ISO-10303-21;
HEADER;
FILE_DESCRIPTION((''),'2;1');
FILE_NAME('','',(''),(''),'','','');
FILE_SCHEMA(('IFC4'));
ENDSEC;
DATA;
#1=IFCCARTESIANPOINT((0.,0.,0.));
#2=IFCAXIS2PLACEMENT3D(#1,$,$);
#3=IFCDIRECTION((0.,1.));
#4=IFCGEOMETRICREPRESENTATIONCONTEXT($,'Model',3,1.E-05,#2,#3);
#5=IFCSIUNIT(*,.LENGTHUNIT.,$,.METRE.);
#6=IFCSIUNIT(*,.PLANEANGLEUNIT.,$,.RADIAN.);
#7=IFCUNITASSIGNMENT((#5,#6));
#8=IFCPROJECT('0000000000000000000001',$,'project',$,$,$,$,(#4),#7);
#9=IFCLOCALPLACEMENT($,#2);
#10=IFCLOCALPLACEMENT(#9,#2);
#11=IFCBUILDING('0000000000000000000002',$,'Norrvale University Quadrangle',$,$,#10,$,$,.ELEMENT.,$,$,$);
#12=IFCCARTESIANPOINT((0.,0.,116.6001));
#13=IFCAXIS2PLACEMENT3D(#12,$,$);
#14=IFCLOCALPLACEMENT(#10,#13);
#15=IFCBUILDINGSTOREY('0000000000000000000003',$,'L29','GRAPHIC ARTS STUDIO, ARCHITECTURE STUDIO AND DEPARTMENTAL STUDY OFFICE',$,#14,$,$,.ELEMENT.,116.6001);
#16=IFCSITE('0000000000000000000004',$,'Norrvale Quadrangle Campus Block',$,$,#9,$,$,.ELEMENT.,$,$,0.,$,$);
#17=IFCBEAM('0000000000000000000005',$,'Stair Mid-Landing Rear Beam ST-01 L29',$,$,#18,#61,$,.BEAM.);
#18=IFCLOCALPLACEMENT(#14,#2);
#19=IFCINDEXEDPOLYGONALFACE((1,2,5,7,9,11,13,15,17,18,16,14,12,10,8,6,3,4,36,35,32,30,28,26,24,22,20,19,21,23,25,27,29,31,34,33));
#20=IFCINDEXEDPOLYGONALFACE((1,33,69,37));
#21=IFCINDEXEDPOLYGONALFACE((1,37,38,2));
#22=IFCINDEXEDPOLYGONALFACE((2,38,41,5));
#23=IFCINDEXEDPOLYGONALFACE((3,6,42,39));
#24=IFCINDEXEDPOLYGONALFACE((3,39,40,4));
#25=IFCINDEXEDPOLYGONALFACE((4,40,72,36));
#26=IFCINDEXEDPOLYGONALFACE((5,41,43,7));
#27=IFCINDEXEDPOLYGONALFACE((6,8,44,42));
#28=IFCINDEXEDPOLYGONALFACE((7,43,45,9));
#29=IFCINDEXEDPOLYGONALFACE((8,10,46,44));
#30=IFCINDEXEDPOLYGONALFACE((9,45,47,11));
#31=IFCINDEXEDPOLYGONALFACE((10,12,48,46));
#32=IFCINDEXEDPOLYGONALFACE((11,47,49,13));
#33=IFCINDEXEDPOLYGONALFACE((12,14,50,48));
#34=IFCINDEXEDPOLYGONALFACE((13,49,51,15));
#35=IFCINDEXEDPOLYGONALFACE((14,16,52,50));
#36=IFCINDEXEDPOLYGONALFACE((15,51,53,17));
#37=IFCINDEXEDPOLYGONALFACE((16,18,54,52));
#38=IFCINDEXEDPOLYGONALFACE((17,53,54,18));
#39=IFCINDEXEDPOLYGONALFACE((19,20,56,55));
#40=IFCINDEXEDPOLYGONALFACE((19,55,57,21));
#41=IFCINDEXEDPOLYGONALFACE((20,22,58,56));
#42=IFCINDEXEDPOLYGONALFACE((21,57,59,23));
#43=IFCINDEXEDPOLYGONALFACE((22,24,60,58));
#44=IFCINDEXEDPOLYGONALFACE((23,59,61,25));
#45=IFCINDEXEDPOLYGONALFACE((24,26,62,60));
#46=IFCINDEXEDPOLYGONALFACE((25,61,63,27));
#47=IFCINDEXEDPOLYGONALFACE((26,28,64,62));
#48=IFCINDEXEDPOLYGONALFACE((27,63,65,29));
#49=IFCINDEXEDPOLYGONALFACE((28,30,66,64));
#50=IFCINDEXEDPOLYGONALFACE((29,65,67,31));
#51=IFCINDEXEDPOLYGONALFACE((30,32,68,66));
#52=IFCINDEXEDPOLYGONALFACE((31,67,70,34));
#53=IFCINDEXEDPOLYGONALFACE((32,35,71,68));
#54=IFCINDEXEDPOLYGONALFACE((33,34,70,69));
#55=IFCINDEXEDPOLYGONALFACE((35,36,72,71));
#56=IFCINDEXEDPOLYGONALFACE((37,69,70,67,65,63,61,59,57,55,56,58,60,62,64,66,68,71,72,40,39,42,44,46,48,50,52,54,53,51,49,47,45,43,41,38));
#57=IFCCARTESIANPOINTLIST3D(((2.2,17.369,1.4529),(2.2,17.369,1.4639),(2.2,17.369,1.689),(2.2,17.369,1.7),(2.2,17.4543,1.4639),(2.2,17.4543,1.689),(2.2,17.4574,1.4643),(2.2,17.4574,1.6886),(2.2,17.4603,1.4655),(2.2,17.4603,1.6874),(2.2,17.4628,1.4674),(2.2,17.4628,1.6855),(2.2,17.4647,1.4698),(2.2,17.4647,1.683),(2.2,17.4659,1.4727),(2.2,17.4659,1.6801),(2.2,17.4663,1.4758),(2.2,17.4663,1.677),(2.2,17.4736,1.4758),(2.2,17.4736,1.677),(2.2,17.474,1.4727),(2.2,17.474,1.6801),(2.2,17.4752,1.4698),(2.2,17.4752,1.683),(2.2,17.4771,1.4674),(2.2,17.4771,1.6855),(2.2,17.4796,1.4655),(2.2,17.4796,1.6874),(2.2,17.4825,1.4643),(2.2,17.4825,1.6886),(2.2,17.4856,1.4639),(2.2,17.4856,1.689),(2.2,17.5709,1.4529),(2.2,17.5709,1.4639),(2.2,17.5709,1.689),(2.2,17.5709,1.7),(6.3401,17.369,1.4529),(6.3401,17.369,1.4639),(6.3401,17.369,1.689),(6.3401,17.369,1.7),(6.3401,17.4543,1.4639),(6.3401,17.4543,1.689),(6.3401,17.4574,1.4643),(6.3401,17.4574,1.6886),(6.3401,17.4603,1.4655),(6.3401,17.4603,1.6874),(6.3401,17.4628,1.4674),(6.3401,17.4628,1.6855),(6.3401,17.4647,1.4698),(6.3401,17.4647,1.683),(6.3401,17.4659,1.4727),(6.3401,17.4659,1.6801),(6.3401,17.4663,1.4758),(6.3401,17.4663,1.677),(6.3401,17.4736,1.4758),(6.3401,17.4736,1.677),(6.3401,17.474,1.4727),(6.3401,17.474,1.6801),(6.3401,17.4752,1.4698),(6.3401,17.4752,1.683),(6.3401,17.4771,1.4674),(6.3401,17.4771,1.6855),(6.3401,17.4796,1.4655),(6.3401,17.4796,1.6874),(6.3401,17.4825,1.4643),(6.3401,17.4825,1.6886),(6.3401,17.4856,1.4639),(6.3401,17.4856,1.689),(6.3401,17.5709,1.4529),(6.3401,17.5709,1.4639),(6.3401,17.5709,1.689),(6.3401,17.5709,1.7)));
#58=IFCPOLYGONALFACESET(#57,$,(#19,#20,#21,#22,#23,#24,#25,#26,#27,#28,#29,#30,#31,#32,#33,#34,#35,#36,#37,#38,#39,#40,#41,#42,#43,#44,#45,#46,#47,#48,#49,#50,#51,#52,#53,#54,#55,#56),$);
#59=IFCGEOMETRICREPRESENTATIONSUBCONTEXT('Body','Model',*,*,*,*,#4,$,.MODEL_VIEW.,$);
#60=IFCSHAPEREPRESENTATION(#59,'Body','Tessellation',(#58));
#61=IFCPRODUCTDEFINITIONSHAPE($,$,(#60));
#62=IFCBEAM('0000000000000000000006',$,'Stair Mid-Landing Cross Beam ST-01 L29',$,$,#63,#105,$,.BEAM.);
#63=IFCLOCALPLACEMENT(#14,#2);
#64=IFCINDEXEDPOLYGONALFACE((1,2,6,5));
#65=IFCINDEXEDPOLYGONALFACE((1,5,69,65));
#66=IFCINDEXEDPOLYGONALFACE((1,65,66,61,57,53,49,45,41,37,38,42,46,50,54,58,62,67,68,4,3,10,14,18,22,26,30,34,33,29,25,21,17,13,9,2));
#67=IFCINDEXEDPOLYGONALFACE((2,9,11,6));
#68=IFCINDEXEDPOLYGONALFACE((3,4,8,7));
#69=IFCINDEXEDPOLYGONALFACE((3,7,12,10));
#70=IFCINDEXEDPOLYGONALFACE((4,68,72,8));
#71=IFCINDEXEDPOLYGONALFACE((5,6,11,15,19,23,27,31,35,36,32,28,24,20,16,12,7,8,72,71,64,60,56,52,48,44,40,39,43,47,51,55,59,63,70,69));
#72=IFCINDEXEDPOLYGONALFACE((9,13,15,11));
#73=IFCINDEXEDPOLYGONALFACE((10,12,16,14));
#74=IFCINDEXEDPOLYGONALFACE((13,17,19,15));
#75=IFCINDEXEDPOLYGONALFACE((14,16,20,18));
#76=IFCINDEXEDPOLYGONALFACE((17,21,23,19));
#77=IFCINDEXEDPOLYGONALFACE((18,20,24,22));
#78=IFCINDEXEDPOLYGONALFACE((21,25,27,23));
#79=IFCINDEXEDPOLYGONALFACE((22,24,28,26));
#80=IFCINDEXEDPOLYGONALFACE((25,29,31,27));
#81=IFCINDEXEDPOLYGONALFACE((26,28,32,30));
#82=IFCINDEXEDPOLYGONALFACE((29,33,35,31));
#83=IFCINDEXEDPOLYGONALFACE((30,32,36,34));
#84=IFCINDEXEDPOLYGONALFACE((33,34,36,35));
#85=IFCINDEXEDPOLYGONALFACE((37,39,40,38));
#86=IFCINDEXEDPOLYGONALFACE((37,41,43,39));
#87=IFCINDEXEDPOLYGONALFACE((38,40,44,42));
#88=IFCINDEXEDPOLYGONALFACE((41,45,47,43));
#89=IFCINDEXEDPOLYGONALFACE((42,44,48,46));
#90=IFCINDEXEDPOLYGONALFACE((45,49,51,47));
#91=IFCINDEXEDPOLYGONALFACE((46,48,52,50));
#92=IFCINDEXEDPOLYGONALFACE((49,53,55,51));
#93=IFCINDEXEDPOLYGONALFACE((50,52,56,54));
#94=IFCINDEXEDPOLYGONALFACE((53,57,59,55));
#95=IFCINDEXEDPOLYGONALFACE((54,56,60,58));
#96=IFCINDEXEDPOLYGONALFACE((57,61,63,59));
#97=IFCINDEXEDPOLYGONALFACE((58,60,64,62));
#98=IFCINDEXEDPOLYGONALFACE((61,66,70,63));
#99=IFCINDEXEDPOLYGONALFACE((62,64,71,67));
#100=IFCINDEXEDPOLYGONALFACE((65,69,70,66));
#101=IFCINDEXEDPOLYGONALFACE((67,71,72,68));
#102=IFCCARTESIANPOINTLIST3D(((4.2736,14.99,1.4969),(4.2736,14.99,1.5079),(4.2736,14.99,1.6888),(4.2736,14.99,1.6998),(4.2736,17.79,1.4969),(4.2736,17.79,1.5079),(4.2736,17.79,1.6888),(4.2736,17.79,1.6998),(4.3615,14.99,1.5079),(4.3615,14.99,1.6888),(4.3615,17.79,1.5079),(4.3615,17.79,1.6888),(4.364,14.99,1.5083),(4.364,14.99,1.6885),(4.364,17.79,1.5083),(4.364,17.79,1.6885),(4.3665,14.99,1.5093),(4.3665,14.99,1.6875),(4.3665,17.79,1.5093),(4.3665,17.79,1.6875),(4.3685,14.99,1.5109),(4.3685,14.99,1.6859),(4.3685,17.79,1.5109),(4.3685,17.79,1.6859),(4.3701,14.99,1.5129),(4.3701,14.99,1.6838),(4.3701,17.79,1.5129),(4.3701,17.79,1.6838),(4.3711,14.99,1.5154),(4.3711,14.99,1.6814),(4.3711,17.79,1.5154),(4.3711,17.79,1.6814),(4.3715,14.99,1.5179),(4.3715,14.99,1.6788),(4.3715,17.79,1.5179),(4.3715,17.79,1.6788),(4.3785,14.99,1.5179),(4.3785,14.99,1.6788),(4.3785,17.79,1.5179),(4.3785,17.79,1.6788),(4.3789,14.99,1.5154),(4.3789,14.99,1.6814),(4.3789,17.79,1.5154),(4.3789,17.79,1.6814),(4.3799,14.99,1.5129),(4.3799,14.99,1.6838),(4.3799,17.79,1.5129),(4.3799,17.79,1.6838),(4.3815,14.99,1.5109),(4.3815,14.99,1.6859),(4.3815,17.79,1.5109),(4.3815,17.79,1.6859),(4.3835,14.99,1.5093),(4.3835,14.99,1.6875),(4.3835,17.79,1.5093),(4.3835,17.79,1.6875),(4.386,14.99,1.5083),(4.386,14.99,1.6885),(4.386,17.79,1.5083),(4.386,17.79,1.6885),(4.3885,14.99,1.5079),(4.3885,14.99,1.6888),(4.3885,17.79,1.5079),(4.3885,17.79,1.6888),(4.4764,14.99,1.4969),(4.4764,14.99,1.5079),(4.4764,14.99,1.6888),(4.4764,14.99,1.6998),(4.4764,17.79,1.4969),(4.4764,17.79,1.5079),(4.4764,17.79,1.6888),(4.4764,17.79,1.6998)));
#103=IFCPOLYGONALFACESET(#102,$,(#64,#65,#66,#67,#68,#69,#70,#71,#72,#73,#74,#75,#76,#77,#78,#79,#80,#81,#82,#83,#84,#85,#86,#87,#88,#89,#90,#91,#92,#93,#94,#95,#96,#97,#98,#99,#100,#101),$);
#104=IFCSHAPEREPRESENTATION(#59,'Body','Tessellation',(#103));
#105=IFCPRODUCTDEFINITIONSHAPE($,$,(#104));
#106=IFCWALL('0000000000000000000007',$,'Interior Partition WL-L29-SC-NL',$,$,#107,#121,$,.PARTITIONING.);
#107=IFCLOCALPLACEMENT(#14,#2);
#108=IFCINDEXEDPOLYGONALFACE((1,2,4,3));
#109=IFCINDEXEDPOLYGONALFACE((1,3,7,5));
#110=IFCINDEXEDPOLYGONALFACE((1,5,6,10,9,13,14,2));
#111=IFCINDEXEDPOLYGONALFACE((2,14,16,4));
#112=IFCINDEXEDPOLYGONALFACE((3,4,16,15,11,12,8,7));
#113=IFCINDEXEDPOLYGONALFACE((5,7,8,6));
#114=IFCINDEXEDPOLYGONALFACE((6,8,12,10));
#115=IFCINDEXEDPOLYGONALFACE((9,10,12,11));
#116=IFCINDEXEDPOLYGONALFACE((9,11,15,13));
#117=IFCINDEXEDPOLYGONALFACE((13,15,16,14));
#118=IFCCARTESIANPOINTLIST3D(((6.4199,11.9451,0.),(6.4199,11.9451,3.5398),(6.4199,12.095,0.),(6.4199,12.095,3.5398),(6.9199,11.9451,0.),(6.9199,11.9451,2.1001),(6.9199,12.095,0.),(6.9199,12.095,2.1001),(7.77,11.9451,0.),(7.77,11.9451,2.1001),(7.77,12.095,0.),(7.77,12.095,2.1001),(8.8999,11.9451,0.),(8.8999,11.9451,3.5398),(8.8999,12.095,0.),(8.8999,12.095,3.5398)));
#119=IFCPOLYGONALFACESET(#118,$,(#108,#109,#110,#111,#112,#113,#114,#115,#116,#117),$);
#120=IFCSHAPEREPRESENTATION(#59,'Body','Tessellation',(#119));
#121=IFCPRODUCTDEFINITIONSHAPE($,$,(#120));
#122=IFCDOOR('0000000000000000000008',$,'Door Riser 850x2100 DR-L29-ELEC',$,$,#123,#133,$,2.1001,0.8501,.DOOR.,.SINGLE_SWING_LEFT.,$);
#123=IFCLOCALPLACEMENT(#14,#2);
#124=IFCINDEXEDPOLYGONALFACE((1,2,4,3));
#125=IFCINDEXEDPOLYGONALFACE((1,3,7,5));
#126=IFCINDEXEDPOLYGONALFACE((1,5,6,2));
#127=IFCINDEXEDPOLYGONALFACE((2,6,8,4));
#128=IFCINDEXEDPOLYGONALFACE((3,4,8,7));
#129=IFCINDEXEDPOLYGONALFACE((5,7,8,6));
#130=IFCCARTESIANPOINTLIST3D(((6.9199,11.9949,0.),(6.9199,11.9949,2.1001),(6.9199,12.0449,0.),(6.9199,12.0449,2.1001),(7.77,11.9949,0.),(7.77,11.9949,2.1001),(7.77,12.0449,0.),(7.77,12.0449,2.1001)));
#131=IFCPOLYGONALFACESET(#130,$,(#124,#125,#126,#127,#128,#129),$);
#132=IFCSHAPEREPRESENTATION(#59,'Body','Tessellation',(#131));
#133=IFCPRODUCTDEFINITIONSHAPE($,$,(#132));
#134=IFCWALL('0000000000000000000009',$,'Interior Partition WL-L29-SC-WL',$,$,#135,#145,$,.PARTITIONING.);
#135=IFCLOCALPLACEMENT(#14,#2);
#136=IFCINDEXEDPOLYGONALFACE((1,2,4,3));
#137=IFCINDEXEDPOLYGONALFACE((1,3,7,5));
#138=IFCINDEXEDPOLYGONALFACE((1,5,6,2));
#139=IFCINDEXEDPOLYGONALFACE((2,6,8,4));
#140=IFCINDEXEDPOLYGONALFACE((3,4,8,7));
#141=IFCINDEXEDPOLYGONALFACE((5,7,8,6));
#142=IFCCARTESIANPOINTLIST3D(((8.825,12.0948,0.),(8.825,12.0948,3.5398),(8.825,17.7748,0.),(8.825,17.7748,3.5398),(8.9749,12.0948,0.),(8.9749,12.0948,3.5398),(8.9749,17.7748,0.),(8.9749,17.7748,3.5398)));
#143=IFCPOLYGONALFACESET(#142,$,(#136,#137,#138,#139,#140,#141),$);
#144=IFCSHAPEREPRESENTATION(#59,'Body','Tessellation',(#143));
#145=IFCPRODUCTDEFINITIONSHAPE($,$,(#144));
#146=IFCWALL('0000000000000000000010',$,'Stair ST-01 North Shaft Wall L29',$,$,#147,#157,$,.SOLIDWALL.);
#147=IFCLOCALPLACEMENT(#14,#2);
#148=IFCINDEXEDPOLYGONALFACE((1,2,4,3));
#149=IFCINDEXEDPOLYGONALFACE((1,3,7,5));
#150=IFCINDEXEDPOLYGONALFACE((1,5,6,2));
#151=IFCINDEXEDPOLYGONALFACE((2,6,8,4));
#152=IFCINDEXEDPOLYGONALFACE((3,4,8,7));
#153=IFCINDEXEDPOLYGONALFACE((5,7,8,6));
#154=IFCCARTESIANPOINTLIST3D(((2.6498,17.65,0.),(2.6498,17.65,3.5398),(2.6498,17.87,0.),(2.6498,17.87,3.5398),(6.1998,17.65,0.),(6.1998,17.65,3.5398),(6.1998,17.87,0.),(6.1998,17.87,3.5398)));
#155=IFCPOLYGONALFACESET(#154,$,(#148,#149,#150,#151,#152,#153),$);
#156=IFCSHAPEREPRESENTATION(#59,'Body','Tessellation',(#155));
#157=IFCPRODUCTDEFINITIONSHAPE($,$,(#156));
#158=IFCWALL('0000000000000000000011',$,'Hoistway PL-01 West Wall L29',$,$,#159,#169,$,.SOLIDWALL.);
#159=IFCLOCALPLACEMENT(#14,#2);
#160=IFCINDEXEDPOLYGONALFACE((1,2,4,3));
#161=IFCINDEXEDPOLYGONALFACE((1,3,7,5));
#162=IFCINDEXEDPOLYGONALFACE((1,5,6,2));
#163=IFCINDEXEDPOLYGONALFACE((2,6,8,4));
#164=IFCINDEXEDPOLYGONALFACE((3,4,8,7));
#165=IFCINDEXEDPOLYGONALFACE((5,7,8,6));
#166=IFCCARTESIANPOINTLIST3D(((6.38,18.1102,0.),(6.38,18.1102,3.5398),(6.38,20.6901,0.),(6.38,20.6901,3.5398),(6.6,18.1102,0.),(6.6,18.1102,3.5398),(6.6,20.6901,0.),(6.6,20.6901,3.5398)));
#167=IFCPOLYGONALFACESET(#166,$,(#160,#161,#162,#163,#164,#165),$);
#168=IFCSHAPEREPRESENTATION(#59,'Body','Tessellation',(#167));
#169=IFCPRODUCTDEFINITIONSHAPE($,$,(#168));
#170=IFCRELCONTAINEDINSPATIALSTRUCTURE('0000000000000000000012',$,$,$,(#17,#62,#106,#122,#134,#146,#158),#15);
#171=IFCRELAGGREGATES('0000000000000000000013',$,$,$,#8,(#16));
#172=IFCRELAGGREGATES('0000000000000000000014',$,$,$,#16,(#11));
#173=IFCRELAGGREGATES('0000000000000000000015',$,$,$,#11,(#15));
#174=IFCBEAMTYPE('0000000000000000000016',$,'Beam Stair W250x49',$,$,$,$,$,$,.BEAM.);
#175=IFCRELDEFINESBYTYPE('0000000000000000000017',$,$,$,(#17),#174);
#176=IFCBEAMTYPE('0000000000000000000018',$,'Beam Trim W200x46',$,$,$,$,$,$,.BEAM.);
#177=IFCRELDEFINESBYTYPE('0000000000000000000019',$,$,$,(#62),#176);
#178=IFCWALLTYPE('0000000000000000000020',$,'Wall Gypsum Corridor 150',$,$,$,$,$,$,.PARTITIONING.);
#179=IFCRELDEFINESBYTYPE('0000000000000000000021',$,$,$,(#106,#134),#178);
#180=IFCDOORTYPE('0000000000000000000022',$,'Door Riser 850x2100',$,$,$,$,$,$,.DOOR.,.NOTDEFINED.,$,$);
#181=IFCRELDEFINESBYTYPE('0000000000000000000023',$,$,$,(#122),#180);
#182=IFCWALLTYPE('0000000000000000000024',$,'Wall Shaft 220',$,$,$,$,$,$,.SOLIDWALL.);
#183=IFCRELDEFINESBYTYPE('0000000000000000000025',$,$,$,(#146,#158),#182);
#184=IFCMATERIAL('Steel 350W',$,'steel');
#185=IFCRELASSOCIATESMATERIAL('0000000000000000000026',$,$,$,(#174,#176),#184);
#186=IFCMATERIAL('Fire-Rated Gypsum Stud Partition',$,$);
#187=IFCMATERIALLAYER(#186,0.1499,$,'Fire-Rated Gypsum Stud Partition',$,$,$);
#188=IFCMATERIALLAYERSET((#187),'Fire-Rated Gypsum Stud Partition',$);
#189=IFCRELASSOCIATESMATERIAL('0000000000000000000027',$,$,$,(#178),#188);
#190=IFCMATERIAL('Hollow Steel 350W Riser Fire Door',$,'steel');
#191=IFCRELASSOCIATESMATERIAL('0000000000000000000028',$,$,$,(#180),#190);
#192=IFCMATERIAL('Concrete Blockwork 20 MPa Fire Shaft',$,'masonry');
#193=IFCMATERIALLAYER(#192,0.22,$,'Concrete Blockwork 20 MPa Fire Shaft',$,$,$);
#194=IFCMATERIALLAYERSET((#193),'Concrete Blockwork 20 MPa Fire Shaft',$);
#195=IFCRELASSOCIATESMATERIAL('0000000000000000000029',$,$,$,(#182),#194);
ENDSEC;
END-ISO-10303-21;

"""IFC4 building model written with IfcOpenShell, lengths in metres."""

from ifc_helpers import new_model, si_unit, direction, frame, frame_2d, origin, origin_2d, place, context, subcontext, project, spatial, rectangle, i_section, extrude, material, layer, layer_set, material_profile, profile_set, type_object, element, fill, save


model = new_model("IFC4")

# Units and contexts
model_context = context("Model", 3, precision=1e-05, world=origin(), true_north=direction((0.0, 1.0)))
body_context = subcontext(model_context, "Body", "Model", "MODEL_VIEW")
ifc_project = project(units=[si_unit("LENGTHUNIT", "METRE"), si_unit("PLANEANGLEUNIT", "RADIAN")], contexts=[model_context])

# Site, building, storey
site_placement = place(None, origin())
site = spatial("IfcSite", under=ifc_project, at=site_placement, Name="Norrvale Quadrangle Campus Block", CompositionType="ELEMENT", RefElevation=0.0)
building_placement = place(site_placement, origin())
building = spatial("IfcBuilding", under=site, at=building_placement, Name="Norrvale University Quadrangle", CompositionType="ELEMENT")
storey_placement = place(building_placement, frame((0.0, 0.0, 116.6001)))
storey = spatial("IfcBuildingStorey", under=building, at=storey_placement, Name="L29", Description="GRAPHIC ARTS STUDIO, ARCHITECTURE STUDIO AND DEPARTMENTAL STUDY OFFICE", CompositionType="ELEMENT", Elevation=116.6001)

# Beams
ifc_material_1 = material(Name="Steel 350W", Category="steel")
ifc_material_profile_1 = material_profile(ifc_material_1, i_section(OverallWidth=0.2019, OverallDepth=0.2471, WebThickness=0.0073, FlangeThickness=0.011, FilletRadius=0.012, at=origin_2d()), Name="Steel 350W")
ifc_profile_set_1 = profile_set([ifc_material_profile_1], Name="Steel 350W")
beam_type_1 = type_object("IfcBeamType", Name="Beam Stair W250x49", PredefinedType="BEAM", material=ifc_profile_set_1)
for number, where, z_axis, x_axis, name in (
    (1, (2.2, 17.47, 1.5764), (1.0, 0.0, 0.0), (0.0, 1.0, 0.0), "Stair Mid-Landing Rear Beam ST-01 L29"),
):
    element("IfcBeam", number, at=place(storey_placement, frame(where, z_axis=z_axis, x_axis=x_axis)), inside=storey, type_object=beam_type_1, Name=name, PredefinedType="BEAM", context=body_context, shape_type="SweptSolid", body=[
        extrude(i_section(OverallWidth=0.2019, OverallDepth=0.2471, WebThickness=0.0073, FlangeThickness=0.011, FilletRadius=0.012, at=origin_2d()), origin(), (0.0, 0.0, 1.0), 4.1401),
    ])
ifc_material_profile_2 = material_profile(ifc_material_1, i_section(OverallWidth=0.2029, OverallDepth=0.2029, WebThickness=0.0071, FlangeThickness=0.011, FilletRadius=0.01, at=origin_2d()), Name="Steel 350W")
ifc_profile_set_2 = profile_set([ifc_material_profile_2], Name="Steel 350W")
beam_type_2 = type_object("IfcBeamType", Name="Beam Trim W200x46", PredefinedType="BEAM", material=ifc_profile_set_2)
beam_1_placement = place(storey_placement, frame((4.375, 14.99, 1.5984), z_axis=(0.0, 1.0, 0.0), x_axis=(-1.0, 0.0, 0.0)))
element("IfcBeam", 2, at=beam_1_placement, inside=storey, type_object=beam_type_2, Name="Stair Mid-Landing Cross Beam ST-01 L29", PredefinedType="BEAM", context=body_context, shape_type="SweptSolid", body=[
    extrude(i_section(OverallWidth=0.2029, OverallDepth=0.2029, WebThickness=0.0071, FlangeThickness=0.011, FilletRadius=0.01, at=origin_2d()), origin(), (0.0, 0.0, 1.0), 2.8),
])

# Wall, opening, door
ifc_material_2 = material(Name="Fire-Rated Gypsum Stud Partition")
ifc_layer_1 = layer(ifc_material_2, 0.1499, Name="Fire-Rated Gypsum Stud Partition")
ifc_layer_set_1 = layer_set([ifc_layer_1], Name="Fire-Rated Gypsum Stud Partition")
wall_type_1 = type_object("IfcWallType", Name="Wall Gypsum Corridor 150", PredefinedType="PARTITIONING", material=ifc_layer_set_1)
wall_1_placement = place(storey_placement, frame((6.4199, 12.02, 0.0), z_axis=(0.0, 0.0, 1.0), x_axis=(1.0, 0.0, 0.0)))
wall_1 = element("IfcWall", 3, at=wall_1_placement, inside=storey, type_object=wall_type_1, Name="Interior Partition WL-L29-SC-NL", PredefinedType="PARTITIONING", context=body_context, shape_type="SweptSolid", body=[
    extrude(rectangle(XDim=2.48, YDim=0.1499, at=frame_2d((1.24, 0.0))), origin(), (0.0, 0.0, 1.0), 3.5398),
])
opening_1_placement = place(wall_1_placement, frame((0.5, 0.0, 0.0)))
opening_1 = element("IfcOpeningElement", 4, at=opening_1_placement, cuts=wall_1, PredefinedType="OPENING", context=body_context, shape_type="SweptSolid", body=[
    extrude(rectangle(XDim=0.8501, YDim=2.1001, at=frame_2d((0.425, 1.05))), frame((0.0, 0.0869, 0.0), z_axis=(0.0, -1.0, 0.0), x_axis=(1.0, 0.0, 0.0)), (0.0, 0.0, 1.0), 0.1738),
])
ifc_material_3 = material(Name="Hollow Steel 350W Riser Fire Door", Category="steel")
door_type_1 = type_object("IfcDoorType", Name="Door Riser 850x2100", OperationType="NOTDEFINED", PredefinedType="DOOR", material=ifc_material_3)
door_1_placement = place(opening_1_placement, origin())
door_1 = element("IfcDoor", 5, at=door_1_placement, inside=storey, type_object=door_type_1, Name="Door Riser 850x2100 DR-L29-ELEC", OperationType="SINGLE_SWING_LEFT", OverallHeight=2.1001, OverallWidth=0.8501, PredefinedType="DOOR", context=body_context, shape_type="SweptSolid", body=[
    extrude(rectangle(XDim=0.8501, YDim=2.1001, at=frame_2d((0.425, 1.05))), frame((0.0, 0.0249, 0.0), z_axis=(0.0, -1.0, 0.0), x_axis=(1.0, 0.0, 0.0)), (0.0, 0.0, 1.0), 0.05),
])
fill(opening_1, door_1)

# Walls
wall_2_placement = place(storey_placement, frame((8.8999, 12.095, 0.0), z_axis=(0.0, 0.0, 1.0), x_axis=(0.0, 1.0, 0.0)))
element("IfcWall", 6, at=wall_2_placement, inside=storey, type_object=wall_type_1, Name="Interior Partition WL-L29-SC-WL", PredefinedType="PARTITIONING", context=body_context, shape_type="SweptSolid", body=[
    extrude(rectangle(XDim=5.6799, YDim=0.1499, at=frame_2d((2.8398, 0.0))), origin(), (0.0, 0.0, 1.0), 3.5398),
])
ifc_material_4 = material(Name="Concrete Blockwork 20 MPa Fire Shaft", Category="masonry")
ifc_layer_2 = layer(ifc_material_4, 0.22, Name="Concrete Blockwork 20 MPa Fire Shaft")
ifc_layer_set_2 = layer_set([ifc_layer_2], Name="Concrete Blockwork 20 MPa Fire Shaft")
wall_type_2 = type_object("IfcWallType", Name="Wall Shaft 220", PredefinedType="SOLIDWALL", material=ifc_layer_set_2)
wall_3_placement = place(storey_placement, frame((2.6499, 17.76, 0.0), z_axis=(0.0, 0.0, 1.0), x_axis=(1.0, 0.0, 0.0)))
element("IfcWall", 7, at=wall_3_placement, inside=storey, type_object=wall_type_2, Name="Stair ST-01 North Shaft Wall L29", PredefinedType="SOLIDWALL", context=body_context, shape_type="SweptSolid", body=[
    extrude(rectangle(XDim=3.55, YDim=0.22, at=frame_2d((1.7749, 0.0))), origin(), (0.0, 0.0, 1.0), 3.5398),
])
wall_4_placement = place(storey_placement, frame((6.49, 18.1101, 0.0), z_axis=(0.0, 0.0, 1.0), x_axis=(0.0, 1.0, 0.0)))
element("IfcWall", 8, at=wall_4_placement, inside=storey, type_object=wall_type_2, Name="Hoistway PL-01 West Wall L29", PredefinedType="SOLIDWALL", context=body_context, shape_type="SweptSolid", body=[
    extrude(rectangle(XDim=2.5798, YDim=0.22, at=frame_2d((1.29, 0.0))), origin(), (0.0, 0.0, 1.0), 3.5398),
])

save(model, "model.ifc")
